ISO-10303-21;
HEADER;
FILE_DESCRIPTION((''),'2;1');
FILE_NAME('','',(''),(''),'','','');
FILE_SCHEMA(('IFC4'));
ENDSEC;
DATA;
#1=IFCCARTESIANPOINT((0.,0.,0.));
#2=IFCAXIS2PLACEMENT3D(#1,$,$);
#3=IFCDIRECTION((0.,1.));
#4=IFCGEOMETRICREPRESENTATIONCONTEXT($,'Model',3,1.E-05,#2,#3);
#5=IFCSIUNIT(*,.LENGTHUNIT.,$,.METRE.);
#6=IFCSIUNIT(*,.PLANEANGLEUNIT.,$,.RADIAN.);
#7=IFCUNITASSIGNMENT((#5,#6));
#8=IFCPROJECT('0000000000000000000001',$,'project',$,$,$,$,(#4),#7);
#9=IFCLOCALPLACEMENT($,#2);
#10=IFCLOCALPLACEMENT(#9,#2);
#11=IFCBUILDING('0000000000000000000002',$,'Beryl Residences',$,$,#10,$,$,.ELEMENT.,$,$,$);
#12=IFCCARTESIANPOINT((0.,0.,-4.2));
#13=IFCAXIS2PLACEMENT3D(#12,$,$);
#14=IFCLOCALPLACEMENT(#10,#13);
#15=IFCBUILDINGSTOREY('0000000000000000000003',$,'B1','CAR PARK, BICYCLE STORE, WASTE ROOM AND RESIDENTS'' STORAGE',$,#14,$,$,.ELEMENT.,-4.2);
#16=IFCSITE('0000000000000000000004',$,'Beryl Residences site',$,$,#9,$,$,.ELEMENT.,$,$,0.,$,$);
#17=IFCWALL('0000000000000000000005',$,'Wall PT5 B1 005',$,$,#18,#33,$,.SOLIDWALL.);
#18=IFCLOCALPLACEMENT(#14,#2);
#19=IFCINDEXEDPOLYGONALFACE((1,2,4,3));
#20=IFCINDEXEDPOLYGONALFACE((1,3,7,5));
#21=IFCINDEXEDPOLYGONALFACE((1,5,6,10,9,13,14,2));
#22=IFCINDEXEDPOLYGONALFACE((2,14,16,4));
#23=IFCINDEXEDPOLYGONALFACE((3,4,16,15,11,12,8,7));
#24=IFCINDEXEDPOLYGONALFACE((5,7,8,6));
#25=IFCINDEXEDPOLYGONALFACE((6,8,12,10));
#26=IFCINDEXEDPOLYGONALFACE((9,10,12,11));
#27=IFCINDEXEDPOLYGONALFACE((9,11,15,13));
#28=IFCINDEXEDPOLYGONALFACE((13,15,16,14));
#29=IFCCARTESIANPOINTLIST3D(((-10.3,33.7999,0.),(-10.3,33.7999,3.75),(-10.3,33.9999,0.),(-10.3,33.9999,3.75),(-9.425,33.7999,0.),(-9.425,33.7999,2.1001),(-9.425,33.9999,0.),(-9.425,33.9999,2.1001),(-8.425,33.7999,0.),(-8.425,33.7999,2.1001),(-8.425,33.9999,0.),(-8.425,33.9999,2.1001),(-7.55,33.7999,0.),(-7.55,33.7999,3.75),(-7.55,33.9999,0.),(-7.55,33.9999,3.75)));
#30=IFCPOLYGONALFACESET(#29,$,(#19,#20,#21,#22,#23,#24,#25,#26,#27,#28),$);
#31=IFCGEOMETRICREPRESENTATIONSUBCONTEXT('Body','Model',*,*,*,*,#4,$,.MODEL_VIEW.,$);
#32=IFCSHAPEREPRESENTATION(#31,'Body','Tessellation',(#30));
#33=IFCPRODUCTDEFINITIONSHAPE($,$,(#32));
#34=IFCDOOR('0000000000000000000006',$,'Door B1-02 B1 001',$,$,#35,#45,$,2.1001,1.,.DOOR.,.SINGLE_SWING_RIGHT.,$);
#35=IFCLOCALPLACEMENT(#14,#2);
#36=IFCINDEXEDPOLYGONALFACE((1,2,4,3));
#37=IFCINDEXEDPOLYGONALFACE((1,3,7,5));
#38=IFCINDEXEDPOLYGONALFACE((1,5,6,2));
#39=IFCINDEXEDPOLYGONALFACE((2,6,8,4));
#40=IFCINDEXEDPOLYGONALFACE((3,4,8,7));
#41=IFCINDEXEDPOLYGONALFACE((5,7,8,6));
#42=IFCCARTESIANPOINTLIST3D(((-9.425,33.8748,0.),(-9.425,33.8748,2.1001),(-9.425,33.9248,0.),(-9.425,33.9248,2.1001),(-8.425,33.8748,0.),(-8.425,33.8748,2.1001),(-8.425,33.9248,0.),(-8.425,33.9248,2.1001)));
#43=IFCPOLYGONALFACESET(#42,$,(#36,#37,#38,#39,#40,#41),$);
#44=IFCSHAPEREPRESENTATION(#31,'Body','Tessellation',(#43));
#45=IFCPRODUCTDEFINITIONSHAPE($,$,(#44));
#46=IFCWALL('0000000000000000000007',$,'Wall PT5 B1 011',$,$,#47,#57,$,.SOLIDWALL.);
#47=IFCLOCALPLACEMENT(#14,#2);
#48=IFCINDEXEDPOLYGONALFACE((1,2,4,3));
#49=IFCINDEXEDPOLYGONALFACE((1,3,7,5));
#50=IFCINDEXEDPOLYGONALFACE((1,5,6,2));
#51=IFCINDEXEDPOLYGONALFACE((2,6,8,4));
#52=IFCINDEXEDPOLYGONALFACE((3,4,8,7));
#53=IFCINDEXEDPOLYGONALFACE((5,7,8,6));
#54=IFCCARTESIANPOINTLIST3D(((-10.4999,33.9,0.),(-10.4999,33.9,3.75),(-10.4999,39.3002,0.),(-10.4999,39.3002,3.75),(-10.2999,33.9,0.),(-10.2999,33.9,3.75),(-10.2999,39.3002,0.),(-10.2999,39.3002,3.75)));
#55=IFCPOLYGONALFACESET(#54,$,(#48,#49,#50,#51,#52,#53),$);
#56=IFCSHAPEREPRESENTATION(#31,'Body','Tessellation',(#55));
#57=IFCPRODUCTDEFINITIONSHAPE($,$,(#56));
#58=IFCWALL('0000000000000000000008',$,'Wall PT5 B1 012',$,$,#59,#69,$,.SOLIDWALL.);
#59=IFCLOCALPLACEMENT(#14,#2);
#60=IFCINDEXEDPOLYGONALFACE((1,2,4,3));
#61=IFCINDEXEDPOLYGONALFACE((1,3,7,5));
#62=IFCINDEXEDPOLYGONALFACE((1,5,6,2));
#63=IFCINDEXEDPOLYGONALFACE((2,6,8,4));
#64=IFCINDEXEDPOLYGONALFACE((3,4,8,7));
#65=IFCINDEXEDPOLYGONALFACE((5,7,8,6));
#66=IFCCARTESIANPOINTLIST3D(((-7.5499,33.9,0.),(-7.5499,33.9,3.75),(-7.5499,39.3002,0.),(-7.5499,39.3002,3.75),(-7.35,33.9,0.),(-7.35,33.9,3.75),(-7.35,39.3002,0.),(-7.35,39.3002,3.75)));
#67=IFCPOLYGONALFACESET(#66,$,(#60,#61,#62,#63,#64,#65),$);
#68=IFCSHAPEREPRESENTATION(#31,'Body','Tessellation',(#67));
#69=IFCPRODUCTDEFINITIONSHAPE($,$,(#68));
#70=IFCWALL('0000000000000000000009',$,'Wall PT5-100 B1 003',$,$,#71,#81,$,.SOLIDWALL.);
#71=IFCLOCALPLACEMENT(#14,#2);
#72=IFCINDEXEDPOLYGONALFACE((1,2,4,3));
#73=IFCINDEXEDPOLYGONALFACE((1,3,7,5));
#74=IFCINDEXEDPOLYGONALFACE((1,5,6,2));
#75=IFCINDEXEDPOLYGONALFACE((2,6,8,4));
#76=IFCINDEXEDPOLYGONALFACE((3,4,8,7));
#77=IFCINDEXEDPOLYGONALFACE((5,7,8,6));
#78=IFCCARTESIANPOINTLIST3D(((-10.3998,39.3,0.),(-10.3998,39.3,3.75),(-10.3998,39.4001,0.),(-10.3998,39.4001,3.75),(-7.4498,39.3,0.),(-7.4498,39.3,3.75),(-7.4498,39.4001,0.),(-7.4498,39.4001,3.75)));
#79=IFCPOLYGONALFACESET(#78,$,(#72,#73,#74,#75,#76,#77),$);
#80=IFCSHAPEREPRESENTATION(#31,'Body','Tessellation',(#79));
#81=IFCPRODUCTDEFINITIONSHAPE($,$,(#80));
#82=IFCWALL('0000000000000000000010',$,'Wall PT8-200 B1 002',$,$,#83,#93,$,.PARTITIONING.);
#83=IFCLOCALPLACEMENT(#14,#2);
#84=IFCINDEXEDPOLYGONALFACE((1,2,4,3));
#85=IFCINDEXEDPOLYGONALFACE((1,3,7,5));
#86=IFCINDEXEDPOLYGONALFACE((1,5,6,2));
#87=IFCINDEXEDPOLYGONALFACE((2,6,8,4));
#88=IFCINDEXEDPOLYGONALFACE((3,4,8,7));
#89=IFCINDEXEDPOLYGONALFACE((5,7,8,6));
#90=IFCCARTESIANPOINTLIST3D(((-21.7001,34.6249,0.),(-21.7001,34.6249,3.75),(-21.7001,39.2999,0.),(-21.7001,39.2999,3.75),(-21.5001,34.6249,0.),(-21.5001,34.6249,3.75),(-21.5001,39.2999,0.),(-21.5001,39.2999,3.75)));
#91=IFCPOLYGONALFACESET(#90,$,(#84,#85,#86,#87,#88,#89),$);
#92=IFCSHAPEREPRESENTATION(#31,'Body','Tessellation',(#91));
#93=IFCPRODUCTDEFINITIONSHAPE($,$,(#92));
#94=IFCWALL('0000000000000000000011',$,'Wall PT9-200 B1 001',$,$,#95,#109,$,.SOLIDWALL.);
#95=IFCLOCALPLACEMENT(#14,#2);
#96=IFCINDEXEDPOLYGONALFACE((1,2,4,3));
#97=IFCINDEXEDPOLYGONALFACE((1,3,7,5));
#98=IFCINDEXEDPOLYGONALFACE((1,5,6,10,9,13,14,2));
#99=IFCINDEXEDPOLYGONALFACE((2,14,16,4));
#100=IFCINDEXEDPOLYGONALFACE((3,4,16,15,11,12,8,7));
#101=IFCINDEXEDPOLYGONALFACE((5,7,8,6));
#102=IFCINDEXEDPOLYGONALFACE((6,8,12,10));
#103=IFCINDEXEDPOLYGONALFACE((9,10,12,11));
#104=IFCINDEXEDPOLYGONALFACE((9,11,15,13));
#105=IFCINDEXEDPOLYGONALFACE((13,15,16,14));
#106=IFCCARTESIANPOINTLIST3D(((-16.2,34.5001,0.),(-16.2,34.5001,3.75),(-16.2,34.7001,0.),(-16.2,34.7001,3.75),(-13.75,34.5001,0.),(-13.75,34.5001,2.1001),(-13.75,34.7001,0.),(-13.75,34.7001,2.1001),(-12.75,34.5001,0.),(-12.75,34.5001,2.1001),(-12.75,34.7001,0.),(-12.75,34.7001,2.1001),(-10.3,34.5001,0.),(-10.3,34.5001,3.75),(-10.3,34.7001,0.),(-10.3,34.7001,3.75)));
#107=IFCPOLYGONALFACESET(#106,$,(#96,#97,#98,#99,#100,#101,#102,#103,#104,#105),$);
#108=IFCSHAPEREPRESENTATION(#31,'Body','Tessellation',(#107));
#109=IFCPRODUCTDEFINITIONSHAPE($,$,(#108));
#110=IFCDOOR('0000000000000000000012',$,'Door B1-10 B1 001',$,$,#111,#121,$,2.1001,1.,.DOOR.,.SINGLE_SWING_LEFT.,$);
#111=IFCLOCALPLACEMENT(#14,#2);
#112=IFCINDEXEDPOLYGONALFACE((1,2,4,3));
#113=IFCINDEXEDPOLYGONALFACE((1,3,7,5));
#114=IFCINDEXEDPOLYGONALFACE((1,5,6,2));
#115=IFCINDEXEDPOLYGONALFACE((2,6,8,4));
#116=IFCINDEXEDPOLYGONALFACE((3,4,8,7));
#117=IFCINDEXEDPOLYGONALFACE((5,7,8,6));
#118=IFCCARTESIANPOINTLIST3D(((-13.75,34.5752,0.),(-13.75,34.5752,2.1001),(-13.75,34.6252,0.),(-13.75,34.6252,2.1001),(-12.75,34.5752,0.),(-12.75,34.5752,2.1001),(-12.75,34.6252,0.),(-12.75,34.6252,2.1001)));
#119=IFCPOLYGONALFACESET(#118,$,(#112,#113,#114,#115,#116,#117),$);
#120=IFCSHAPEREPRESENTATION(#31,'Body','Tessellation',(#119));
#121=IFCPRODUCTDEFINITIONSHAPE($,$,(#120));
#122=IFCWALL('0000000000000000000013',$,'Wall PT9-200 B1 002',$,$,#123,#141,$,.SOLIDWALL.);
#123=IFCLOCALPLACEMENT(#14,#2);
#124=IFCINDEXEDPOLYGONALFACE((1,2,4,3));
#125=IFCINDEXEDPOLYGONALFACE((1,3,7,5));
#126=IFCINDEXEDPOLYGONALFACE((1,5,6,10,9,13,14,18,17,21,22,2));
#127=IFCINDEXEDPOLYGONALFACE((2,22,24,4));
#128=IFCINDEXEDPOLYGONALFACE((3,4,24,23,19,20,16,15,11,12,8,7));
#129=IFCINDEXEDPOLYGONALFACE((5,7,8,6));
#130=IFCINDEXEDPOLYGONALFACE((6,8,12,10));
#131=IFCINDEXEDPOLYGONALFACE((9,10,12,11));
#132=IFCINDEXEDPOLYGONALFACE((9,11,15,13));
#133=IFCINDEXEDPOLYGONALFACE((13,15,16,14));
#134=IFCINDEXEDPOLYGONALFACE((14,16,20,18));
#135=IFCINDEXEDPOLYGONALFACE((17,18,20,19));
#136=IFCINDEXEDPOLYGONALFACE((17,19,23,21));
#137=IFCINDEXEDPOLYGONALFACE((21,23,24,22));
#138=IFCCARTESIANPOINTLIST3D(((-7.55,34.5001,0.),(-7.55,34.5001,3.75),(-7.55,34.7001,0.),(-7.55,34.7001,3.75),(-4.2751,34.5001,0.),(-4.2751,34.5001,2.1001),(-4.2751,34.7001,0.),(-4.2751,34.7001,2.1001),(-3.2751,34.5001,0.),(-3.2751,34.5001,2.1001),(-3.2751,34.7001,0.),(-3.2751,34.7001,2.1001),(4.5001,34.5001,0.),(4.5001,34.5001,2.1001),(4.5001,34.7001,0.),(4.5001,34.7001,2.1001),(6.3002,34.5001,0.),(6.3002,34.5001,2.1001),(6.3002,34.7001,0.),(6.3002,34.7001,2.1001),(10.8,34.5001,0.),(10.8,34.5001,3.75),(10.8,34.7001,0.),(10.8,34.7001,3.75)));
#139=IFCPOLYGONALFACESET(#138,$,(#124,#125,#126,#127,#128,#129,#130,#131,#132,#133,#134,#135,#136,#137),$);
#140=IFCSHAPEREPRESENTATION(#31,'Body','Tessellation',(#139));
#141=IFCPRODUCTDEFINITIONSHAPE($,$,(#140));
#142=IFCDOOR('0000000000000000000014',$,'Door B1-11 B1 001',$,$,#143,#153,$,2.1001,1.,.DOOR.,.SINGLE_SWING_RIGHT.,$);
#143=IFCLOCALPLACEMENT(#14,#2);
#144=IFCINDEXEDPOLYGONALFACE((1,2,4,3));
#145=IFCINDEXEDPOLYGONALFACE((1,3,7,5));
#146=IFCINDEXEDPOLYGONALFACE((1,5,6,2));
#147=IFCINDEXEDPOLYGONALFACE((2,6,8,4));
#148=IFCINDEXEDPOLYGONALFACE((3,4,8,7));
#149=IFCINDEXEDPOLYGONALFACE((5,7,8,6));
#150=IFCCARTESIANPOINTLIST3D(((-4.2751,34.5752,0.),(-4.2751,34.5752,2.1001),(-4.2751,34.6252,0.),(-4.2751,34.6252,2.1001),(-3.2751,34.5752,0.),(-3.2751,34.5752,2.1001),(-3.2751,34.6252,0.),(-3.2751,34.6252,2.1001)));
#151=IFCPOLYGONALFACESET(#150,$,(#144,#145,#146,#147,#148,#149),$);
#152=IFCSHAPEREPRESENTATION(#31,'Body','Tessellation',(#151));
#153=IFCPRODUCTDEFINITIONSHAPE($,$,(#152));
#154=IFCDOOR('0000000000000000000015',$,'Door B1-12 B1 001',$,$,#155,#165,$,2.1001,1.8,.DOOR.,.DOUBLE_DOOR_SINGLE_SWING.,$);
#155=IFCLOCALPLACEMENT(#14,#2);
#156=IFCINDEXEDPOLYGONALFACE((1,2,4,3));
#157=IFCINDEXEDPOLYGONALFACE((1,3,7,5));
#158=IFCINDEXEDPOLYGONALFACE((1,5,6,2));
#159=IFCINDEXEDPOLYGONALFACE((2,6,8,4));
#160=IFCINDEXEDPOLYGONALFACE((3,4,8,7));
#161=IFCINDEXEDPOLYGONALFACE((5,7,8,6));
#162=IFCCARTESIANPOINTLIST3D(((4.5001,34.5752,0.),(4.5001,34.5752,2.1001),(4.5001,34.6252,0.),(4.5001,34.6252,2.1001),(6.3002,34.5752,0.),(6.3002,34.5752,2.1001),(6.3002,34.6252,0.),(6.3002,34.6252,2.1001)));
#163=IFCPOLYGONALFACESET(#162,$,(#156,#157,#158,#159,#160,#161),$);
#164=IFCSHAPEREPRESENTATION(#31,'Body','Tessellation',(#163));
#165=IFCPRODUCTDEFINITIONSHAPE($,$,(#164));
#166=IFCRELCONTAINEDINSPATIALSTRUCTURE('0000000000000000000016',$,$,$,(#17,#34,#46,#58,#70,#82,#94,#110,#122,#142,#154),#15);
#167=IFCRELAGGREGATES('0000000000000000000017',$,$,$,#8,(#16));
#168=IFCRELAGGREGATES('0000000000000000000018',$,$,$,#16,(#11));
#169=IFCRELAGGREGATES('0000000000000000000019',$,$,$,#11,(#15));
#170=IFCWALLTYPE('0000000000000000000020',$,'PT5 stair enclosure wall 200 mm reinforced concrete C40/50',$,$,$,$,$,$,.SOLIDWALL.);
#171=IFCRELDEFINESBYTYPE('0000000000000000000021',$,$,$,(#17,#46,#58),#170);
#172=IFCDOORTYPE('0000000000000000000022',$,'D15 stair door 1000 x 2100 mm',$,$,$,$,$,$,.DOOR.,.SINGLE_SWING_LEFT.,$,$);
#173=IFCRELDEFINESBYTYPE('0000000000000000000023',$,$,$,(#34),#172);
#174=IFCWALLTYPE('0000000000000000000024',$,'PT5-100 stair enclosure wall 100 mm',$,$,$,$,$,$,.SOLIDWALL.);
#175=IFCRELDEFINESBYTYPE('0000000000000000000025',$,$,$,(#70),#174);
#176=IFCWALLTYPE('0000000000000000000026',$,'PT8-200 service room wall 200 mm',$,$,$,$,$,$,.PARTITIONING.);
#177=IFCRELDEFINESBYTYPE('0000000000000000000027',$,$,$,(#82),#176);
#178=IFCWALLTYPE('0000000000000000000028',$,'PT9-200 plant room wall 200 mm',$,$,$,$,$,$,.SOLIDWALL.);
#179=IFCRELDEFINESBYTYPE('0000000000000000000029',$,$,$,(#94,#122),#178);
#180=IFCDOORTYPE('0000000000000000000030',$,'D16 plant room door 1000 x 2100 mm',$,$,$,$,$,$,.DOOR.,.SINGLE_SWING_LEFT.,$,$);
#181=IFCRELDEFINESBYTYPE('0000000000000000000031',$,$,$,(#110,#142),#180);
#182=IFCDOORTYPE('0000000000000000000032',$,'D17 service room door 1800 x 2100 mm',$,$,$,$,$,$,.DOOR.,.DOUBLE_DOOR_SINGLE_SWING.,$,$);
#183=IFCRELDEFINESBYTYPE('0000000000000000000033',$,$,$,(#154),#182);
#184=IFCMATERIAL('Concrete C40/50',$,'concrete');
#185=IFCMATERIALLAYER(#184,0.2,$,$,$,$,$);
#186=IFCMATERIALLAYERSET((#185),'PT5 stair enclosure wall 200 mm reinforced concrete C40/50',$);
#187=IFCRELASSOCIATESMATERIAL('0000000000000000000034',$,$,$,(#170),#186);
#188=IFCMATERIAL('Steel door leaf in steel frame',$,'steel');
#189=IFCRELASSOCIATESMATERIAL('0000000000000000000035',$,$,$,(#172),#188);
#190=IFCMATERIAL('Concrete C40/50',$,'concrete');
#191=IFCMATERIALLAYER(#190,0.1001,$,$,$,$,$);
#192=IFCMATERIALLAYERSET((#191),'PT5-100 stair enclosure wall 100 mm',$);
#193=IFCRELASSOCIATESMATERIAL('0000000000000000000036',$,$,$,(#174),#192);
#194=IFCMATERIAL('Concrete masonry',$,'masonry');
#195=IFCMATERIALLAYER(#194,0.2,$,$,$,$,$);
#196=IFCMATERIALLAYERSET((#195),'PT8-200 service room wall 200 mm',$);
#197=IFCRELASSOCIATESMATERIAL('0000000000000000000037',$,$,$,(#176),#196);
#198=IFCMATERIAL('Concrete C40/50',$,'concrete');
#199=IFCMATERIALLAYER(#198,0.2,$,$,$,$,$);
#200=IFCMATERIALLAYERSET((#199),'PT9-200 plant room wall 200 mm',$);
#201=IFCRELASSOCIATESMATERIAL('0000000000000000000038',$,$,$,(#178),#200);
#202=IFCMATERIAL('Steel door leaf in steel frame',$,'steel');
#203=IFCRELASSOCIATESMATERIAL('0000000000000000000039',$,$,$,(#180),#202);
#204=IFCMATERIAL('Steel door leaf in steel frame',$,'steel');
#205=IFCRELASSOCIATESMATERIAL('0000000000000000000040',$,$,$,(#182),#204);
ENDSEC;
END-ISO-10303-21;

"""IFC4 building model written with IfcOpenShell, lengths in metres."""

from ifc_helpers import new_model, si_unit, direction, frame, frame_2d, origin, place, context, subcontext, project, spatial, rectangle, extrude, material, layer, layer_set, type_object, element, fill, save


model = new_model("IFC4")

# Units and contexts
model_context = context("Model", 3, precision=1e-05, world=origin(), true_north=direction((0.0, 1.0)))
body_context = subcontext(model_context, "Body", "Model", "MODEL_VIEW")
ifc_project = project(units=[si_unit("LENGTHUNIT", "METRE"), si_unit("PLANEANGLEUNIT", "RADIAN")], contexts=[model_context])

# Site, building, storey
site_placement = place(None, origin())
site = spatial("IfcSite", under=ifc_project, at=site_placement, Name="Beryl Residences site", CompositionType="ELEMENT", RefElevation=0.0)
building_placement = place(site_placement, origin())
building = spatial("IfcBuilding", under=site, at=building_placement, Name="Beryl Residences", CompositionType="ELEMENT")
storey_placement = place(building_placement, frame((0.0, 0.0, -4.2)))
storey = spatial("IfcBuildingStorey", under=building, at=storey_placement, Name="B1", Description="CAR PARK, BICYCLE STORE, WASTE ROOM AND RESIDENTS' STORAGE", CompositionType="ELEMENT", Elevation=-4.2)

# Wall, opening, door
ifc_material_1 = material(Name="Concrete C40/50", Category="concrete")
ifc_layer_1 = layer(ifc_material_1, 0.2)
ifc_layer_set_1 = layer_set([ifc_layer_1], Name="PT5 stair enclosure wall 200 mm reinforced concrete C40/50")
wall_type_1 = type_object("IfcWallType", Name="PT5 stair enclosure wall 200 mm reinforced concrete C40/50", PredefinedType="SOLIDWALL", material=ifc_layer_set_1)
wall_1_placement = place(storey_placement, frame((-10.3, 33.8999, 0.0), z_axis=(0.0, 0.0, 1.0), x_axis=(1.0, 0.0, 0.0)))
wall_1 = element("IfcWall", 1, at=wall_1_placement, inside=storey, type_object=wall_type_1, Name="Wall PT5 B1 005", PredefinedType="SOLIDWALL", context=body_context, shape_type="SweptSolid", body=[
    extrude(rectangle(XDim=2.75, YDim=0.2, at=frame_2d((1.375, 0.0))), origin(), (0.0, 0.0, 1.0), 3.75),
])
opening_1_placement = place(wall_1_placement, frame((0.875, 0.0, 0.0)))
opening_1 = element("IfcOpeningElement", 2, at=opening_1_placement, cuts=wall_1, PredefinedType="OPENING", context=body_context, shape_type="SweptSolid", body=[
    extrude(rectangle(XDim=1.0, YDim=2.1001, at=frame_2d((0.5, 1.05))), frame((0.0, 0.1099, 0.0), z_axis=(0.0, -1.0, 0.0), x_axis=(1.0, 0.0, 0.0)), (0.0, 0.0, 1.0), 0.22),
])
ifc_material_2 = material(Name="Steel door leaf in steel frame", Category="steel")
door_type_1 = type_object("IfcDoorType", Name="D15 stair door 1000 x 2100 mm", OperationType="SINGLE_SWING_LEFT", PredefinedType="DOOR", material=ifc_material_2)
door_1_placement = place(opening_1_placement, origin())
door_1 = element("IfcDoor", 3, at=door_1_placement, inside=storey, type_object=door_type_1, Name="Door B1-02 B1 001", OperationType="SINGLE_SWING_RIGHT", OverallHeight=2.1001, OverallWidth=1.0, PredefinedType="DOOR", context=body_context, shape_type="SweptSolid", body=[
    extrude(rectangle(XDim=1.0, YDim=2.1001, at=frame_2d((0.5, 1.05))), frame((0.0, 0.0249, 0.0), z_axis=(0.0, -1.0, 0.0), x_axis=(1.0, 0.0, 0.0)), (0.0, 0.0, 1.0), 0.05),
])
fill(opening_1, door_1)

# Walls
for number, where, z_axis, x_axis, name in (
    (4, (-10.3999, 33.8999, 0.0), (0.0, 0.0, 1.0), (0.0, 1.0, 0.0), "Wall PT5 B1 011"),
    (5, (-7.45, 33.8999, 0.0), (0.0, 0.0, 1.0), (0.0, 1.0, 0.0), "Wall PT5 B1 012"),
):
    element("IfcWall", number, at=place(storey_placement, frame(where, z_axis=z_axis, x_axis=x_axis)), inside=storey, type_object=wall_type_1, Name=name, PredefinedType="SOLIDWALL", context=body_context, shape_type="SweptSolid", body=[
        extrude(rectangle(XDim=5.4001, YDim=0.2, at=frame_2d((2.7002, 0.0))), origin(), (0.0, 0.0, 1.0), 3.75),
    ])
ifc_material_3 = material(Name="Concrete C40/50", Category="concrete")
ifc_layer_2 = layer(ifc_material_3, 0.1001)
ifc_layer_set_2 = layer_set([ifc_layer_2], Name="PT5-100 stair enclosure wall 100 mm")
wall_type_2 = type_object("IfcWallType", Name="PT5-100 stair enclosure wall 100 mm", PredefinedType="SOLIDWALL", material=ifc_layer_set_2)
wall_2_placement = place(storey_placement, frame((-10.3999, 39.3501, 0.0), z_axis=(0.0, 0.0, 1.0), x_axis=(1.0, 0.0, 0.0)))
element("IfcWall", 6, at=wall_2_placement, inside=storey, type_object=wall_type_2, Name="Wall PT5-100 B1 003", PredefinedType="SOLIDWALL", context=body_context, shape_type="SweptSolid", body=[
    extrude(rectangle(XDim=2.95, YDim=0.1001, at=frame_2d((1.4751, 0.0))), origin(), (0.0, 0.0, 1.0), 3.75),
])
ifc_material_4 = material(Name="Concrete masonry", Category="masonry")
ifc_layer_3 = layer(ifc_material_4, 0.2)
ifc_layer_set_3 = layer_set([ifc_layer_3], Name="PT8-200 service room wall 200 mm")
wall_type_3 = type_object("IfcWallType", Name="PT8-200 service room wall 200 mm", PredefinedType="PARTITIONING", material=ifc_layer_set_3)
wall_3_placement = place(storey_placement, frame((-21.6001, 34.625, 0.0), z_axis=(0.0, 0.0, 1.0), x_axis=(0.0, 1.0, 0.0)))
element("IfcWall", 7, at=wall_3_placement, inside=storey, type_object=wall_type_3, Name="Wall PT8-200 B1 002", PredefinedType="PARTITIONING", context=body_context, shape_type="SweptSolid", body=[
    extrude(rectangle(XDim=4.675, YDim=0.2, at=frame_2d((2.3374, 0.0))), origin(), (0.0, 0.0, 1.0), 3.75),
])

# Wall, opening, door
ifc_material_5 = material(Name="Concrete C40/50", Category="concrete")
ifc_layer_4 = layer(ifc_material_5, 0.2)
ifc_layer_set_4 = layer_set([ifc_layer_4], Name="PT9-200 plant room wall 200 mm")
wall_type_4 = type_object("IfcWallType", Name="PT9-200 plant room wall 200 mm", PredefinedType="SOLIDWALL", material=ifc_layer_set_4)
wall_4_placement = place(storey_placement, frame((-16.2, 34.6001, 0.0), z_axis=(0.0, 0.0, 1.0), x_axis=(1.0, 0.0, 0.0)))
wall_4 = element("IfcWall", 8, at=wall_4_placement, inside=storey, type_object=wall_type_4, Name="Wall PT9-200 B1 001", PredefinedType="SOLIDWALL", context=body_context, shape_type="SweptSolid", body=[
    extrude(rectangle(XDim=5.8999, YDim=0.2, at=frame_2d((2.95, 0.0))), origin(), (0.0, 0.0, 1.0), 3.75),
])
opening_2_placement = place(wall_4_placement, frame((3.45, 0.0, 0.0), z_axis=(0.0, 0.0, 1.0), x_axis=(-1.0, 0.0, 0.0)))
opening_2 = element("IfcOpeningElement", 9, at=opening_2_placement, cuts=wall_4, PredefinedType="OPENING", context=body_context, shape_type="SweptSolid", body=[
    extrude(rectangle(XDim=1.0, YDim=2.1001, at=frame_2d((0.5, 1.05))), frame((0.0, 0.1099, 0.0), z_axis=(0.0, -1.0, 0.0), x_axis=(1.0, 0.0, 0.0)), (0.0, 0.0, 1.0), 0.22),
])
ifc_material_6 = material(Name="Steel door leaf in steel frame", Category="steel")
door_type_2 = type_object("IfcDoorType", Name="D16 plant room door 1000 x 2100 mm", OperationType="SINGLE_SWING_LEFT", PredefinedType="DOOR", material=ifc_material_6)
door_2_placement = place(opening_2_placement, origin())
door_2 = element("IfcDoor", 10, at=door_2_placement, inside=storey, type_object=door_type_2, Name="Door B1-10 B1 001", OperationType="SINGLE_SWING_LEFT", OverallHeight=2.1001, OverallWidth=1.0, PredefinedType="DOOR", context=body_context, shape_type="SweptSolid", body=[
    extrude(rectangle(XDim=1.0, YDim=2.1001, at=frame_2d((0.5, 1.05))), frame((0.0, 0.0249, 0.0), z_axis=(0.0, -1.0, 0.0), x_axis=(1.0, 0.0, 0.0)), (0.0, 0.0, 1.0), 0.05),
])
fill(opening_2, door_2)

# Wall, openings, doors
wall_5_placement = place(storey_placement, frame((-7.55, 34.6001, 0.0), z_axis=(0.0, 0.0, 1.0), x_axis=(1.0, 0.0, 0.0)))
wall_5 = element("IfcWall", 11, at=wall_5_placement, inside=storey, type_object=wall_type_4, Name="Wall PT9-200 B1 002", PredefinedType="SOLIDWALL", context=body_context, shape_type="SweptSolid", body=[
    extrude(rectangle(XDim=18.3501, YDim=0.2, at=frame_2d((9.175, 0.0))), origin(), (0.0, 0.0, 1.0), 3.75),
])
opening_3_placement = place(wall_5_placement, frame((4.2749, 0.0, 0.0), z_axis=(0.0, 0.0, 1.0), x_axis=(-1.0, 0.0, 0.0)))
opening_3 = element("IfcOpeningElement", 12, at=opening_3_placement, cuts=wall_5, PredefinedType="OPENING", context=body_context, shape_type="SweptSolid", body=[
    extrude(rectangle(XDim=1.0, YDim=2.1001, at=frame_2d((0.5, 1.05))), frame((0.0, 0.1099, 0.0), z_axis=(0.0, -1.0, 0.0), x_axis=(1.0, 0.0, 0.0)), (0.0, 0.0, 1.0), 0.22),
])
opening_4_placement = place(wall_5_placement, frame((13.8501, 0.0, 0.0), z_axis=(0.0, 0.0, 1.0), x_axis=(-1.0, 0.0, 0.0)))
opening_4 = element("IfcOpeningElement", 13, at=opening_4_placement, cuts=wall_5, PredefinedType="OPENING", context=body_context, shape_type="SweptSolid", body=[
    extrude(rectangle(XDim=1.8, YDim=2.1001, at=frame_2d((0.8999, 1.05))), frame((0.0, 0.1099, 0.0), z_axis=(0.0, -1.0, 0.0), x_axis=(1.0, 0.0, 0.0)), (0.0, 0.0, 1.0), 0.22),
])
door_3_placement = place(opening_3_placement, origin())
door_3 = element("IfcDoor", 14, at=door_3_placement, inside=storey, type_object=door_type_2, Name="Door B1-11 B1 001", OperationType="SINGLE_SWING_RIGHT", OverallHeight=2.1001, OverallWidth=1.0, PredefinedType="DOOR", context=body_context, shape_type="SweptSolid", body=[
    extrude(rectangle(XDim=1.0, YDim=2.1001, at=frame_2d((0.5, 1.05))), frame((0.0, 0.0249, 0.0), z_axis=(0.0, -1.0, 0.0), x_axis=(1.0, 0.0, 0.0)), (0.0, 0.0, 1.0), 0.05),
])
fill(opening_3, door_3)
ifc_material_7 = material(Name="Steel door leaf in steel frame", Category="steel")
door_type_3 = type_object("IfcDoorType", Name="D17 service room door 1800 x 2100 mm", OperationType="DOUBLE_DOOR_SINGLE_SWING", PredefinedType="DOOR", material=ifc_material_7)
door_4_placement = place(opening_4_placement, origin())
door_4 = element("IfcDoor", 15, at=door_4_placement, inside=storey, type_object=door_type_3, Name="Door B1-12 B1 001", OperationType="DOUBLE_DOOR_SINGLE_SWING", OverallHeight=2.1001, OverallWidth=1.8, PredefinedType="DOOR", context=body_context, shape_type="SweptSolid", body=[
    extrude(rectangle(XDim=1.8, YDim=2.1001, at=frame_2d((0.8999, 1.05))), frame((0.0, 0.0249, 0.0), z_axis=(0.0, -1.0, 0.0), x_axis=(1.0, 0.0, 0.0)), (0.0, 0.0, 1.0), 0.05),
])
fill(opening_4, door_4)

save(model, "model.ifc")
